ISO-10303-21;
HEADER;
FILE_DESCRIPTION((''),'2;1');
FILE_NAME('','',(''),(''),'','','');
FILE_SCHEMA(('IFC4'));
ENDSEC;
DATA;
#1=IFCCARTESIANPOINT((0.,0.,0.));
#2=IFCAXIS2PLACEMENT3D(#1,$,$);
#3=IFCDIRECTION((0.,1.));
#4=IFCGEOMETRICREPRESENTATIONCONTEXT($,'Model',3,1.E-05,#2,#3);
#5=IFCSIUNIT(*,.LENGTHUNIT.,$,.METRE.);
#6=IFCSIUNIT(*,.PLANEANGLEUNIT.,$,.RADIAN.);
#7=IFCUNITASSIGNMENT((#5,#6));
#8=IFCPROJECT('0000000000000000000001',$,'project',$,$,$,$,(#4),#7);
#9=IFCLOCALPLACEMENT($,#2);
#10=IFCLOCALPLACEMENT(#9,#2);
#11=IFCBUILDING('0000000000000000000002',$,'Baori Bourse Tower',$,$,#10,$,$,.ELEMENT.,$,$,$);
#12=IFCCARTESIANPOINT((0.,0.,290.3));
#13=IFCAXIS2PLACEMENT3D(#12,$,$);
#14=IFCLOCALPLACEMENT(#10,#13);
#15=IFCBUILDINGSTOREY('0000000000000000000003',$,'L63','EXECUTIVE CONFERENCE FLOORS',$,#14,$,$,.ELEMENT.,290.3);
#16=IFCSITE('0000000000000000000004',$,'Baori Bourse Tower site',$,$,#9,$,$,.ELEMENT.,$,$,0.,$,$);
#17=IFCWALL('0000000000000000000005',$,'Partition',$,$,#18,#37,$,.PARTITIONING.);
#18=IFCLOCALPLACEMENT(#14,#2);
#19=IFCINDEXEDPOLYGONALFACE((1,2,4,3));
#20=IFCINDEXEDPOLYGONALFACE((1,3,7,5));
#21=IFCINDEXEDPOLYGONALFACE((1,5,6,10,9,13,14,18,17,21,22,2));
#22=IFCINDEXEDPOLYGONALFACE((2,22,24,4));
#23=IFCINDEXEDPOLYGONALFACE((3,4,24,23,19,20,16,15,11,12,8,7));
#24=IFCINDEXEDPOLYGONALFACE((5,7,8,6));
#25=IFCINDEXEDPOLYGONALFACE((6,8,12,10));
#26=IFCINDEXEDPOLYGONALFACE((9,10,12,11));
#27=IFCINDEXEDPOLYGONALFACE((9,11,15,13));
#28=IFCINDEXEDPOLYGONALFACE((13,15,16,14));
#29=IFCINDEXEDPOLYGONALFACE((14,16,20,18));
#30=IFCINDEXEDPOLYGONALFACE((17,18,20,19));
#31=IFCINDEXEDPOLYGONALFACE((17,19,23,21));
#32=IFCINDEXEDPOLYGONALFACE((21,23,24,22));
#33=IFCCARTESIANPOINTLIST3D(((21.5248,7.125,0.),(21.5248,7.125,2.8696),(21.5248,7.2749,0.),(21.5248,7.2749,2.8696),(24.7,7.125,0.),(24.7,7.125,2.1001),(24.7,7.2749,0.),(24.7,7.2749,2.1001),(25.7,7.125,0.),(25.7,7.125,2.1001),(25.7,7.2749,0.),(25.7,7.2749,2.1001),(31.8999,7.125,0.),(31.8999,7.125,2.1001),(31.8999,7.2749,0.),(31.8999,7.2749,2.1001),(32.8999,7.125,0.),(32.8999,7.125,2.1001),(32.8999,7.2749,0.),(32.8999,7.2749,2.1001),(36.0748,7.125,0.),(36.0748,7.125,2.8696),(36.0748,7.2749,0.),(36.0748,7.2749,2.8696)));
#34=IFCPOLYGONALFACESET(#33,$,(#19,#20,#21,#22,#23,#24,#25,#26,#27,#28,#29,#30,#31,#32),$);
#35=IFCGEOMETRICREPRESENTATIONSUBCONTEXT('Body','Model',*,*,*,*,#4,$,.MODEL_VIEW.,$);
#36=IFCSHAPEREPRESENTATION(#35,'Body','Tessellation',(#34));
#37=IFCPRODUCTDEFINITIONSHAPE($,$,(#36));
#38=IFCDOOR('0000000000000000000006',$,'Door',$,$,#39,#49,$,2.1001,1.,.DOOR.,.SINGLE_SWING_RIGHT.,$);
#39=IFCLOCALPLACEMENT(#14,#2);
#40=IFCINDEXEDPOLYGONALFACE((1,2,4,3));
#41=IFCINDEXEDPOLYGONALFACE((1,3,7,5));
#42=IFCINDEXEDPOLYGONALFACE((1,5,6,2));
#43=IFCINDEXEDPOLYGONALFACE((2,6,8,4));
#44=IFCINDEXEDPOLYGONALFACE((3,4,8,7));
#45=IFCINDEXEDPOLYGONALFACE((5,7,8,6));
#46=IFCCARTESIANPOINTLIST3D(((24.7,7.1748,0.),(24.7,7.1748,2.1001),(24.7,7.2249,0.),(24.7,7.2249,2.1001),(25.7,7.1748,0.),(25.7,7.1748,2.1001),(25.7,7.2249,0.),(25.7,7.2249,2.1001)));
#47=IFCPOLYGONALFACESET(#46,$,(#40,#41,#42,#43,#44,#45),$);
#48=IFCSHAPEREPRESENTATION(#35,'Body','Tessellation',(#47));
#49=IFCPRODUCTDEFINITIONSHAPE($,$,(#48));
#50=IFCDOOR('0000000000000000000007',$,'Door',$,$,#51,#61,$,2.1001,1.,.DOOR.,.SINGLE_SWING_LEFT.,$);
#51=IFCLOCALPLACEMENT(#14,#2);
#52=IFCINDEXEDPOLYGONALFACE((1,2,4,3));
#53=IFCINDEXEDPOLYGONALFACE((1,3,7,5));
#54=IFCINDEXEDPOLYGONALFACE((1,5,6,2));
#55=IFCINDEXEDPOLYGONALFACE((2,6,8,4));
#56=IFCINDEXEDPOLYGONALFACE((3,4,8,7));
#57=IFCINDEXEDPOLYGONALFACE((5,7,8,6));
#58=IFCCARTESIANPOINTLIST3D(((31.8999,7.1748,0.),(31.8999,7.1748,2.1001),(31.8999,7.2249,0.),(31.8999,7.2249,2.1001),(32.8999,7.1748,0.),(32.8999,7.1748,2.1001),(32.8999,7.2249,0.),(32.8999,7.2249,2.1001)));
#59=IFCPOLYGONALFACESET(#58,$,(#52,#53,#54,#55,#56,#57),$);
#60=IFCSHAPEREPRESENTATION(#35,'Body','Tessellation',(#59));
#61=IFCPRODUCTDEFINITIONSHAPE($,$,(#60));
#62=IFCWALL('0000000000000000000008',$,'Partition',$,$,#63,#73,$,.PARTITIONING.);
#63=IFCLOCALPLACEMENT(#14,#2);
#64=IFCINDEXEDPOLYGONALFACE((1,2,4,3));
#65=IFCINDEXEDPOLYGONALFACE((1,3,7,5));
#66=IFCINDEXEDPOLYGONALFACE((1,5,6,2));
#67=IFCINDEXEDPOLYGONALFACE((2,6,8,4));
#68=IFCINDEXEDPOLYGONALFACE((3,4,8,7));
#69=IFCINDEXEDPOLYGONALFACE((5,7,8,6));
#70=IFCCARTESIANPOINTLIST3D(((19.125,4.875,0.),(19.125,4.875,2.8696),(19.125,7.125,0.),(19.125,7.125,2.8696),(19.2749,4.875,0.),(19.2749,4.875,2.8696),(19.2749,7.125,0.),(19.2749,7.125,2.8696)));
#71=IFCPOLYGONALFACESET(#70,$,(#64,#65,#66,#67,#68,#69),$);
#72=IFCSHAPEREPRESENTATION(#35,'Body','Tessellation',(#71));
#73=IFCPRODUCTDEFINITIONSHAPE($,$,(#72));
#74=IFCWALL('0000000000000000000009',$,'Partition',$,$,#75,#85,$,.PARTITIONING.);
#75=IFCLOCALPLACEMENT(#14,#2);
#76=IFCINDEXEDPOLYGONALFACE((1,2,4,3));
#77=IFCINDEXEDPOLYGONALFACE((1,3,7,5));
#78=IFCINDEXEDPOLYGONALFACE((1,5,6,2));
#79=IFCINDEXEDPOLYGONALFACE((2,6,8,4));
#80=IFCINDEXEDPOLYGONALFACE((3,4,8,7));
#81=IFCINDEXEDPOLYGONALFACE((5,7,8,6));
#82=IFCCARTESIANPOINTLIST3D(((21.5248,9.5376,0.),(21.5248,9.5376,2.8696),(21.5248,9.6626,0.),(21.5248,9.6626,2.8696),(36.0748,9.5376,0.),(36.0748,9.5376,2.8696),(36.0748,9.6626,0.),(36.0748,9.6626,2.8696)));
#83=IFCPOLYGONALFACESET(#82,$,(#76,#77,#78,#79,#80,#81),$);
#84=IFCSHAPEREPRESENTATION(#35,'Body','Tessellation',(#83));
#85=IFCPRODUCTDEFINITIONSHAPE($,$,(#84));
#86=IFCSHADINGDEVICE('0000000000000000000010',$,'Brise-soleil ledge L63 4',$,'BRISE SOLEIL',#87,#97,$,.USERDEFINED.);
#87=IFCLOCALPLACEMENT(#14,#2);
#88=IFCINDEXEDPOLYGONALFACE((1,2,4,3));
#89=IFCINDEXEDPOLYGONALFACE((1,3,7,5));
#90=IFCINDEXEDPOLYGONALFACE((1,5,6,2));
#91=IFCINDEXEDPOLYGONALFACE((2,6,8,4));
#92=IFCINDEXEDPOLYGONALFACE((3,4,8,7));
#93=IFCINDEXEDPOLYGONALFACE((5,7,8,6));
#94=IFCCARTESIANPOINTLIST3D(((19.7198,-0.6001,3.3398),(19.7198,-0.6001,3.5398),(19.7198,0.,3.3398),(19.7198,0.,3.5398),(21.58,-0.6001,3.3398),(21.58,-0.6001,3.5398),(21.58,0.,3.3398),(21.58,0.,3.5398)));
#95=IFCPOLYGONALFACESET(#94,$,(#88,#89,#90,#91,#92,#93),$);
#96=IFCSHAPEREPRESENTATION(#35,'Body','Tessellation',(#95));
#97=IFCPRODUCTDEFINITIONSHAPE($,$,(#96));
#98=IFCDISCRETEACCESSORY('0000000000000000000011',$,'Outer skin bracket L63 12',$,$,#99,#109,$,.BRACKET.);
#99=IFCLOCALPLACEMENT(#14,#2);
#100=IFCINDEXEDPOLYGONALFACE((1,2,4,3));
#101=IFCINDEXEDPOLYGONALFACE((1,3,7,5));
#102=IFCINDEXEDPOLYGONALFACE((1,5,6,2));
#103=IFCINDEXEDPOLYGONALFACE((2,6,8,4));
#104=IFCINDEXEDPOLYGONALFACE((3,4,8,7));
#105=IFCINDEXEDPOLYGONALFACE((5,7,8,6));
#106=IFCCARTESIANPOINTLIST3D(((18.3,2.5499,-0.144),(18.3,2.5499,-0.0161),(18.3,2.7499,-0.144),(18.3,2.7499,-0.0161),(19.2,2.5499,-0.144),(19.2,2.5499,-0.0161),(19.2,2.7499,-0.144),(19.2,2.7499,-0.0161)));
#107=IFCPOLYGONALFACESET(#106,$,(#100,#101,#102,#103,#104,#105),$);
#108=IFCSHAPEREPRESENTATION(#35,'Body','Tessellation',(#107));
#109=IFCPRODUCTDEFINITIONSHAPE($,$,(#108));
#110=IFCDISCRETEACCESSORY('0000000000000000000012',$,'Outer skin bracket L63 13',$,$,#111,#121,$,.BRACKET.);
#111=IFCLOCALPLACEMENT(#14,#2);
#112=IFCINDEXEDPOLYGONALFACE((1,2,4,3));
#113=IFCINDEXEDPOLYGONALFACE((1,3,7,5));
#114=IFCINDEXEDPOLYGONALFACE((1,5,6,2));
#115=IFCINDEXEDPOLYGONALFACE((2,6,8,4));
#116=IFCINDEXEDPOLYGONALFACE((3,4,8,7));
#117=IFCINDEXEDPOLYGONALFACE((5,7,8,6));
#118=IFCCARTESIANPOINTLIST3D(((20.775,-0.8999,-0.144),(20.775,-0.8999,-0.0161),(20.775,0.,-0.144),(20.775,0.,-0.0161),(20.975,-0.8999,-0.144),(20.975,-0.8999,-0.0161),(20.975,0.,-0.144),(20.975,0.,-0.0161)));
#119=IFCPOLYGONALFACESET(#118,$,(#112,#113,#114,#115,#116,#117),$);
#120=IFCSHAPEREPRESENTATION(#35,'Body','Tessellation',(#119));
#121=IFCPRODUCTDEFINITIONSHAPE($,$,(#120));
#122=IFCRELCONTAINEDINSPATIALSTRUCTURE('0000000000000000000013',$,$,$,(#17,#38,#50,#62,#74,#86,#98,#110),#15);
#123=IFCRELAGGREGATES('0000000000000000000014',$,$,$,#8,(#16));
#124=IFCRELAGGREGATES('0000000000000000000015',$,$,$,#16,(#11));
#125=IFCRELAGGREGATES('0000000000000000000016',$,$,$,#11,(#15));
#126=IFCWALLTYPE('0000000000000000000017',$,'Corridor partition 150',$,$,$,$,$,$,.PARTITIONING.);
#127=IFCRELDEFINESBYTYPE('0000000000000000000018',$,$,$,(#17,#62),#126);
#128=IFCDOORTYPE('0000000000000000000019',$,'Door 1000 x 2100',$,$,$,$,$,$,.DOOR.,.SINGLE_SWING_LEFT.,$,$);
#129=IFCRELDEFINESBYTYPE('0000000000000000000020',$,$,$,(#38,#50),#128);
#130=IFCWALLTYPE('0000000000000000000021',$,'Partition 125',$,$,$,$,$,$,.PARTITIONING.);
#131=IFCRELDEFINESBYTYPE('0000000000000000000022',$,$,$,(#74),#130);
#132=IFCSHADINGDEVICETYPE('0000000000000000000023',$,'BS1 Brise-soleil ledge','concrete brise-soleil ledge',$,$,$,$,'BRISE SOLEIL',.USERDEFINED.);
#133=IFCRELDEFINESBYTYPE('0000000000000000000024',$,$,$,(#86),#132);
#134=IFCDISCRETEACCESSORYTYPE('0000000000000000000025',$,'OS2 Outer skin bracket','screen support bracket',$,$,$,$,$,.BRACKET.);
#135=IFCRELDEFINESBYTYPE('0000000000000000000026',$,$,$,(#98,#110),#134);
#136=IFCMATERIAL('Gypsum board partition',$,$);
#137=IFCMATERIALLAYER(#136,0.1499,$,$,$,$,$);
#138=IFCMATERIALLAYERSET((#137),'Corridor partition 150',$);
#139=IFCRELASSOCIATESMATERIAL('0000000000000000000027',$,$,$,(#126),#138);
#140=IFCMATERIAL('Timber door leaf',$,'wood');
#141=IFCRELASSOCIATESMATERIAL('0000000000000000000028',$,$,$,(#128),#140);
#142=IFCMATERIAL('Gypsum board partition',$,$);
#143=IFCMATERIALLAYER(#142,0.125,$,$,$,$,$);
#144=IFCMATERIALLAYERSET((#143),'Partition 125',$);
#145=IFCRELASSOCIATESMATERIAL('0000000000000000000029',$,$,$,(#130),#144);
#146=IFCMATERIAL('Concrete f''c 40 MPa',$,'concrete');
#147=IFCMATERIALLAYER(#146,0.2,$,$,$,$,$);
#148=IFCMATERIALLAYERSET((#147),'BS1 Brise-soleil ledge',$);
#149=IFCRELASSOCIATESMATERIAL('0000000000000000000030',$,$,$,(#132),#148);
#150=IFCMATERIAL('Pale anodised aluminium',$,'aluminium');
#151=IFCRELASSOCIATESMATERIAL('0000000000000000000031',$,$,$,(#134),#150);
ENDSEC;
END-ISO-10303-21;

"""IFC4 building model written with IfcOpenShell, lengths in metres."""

from ifc_helpers import new_model, si_unit, direction, frame, frame_2d, origin, origin_2d, place, context, subcontext, project, spatial, rectangle, extrude, material, layer, layer_set, type_object, element, fill, save


model = new_model("IFC4")

# Units and contexts
model_context = context("Model", 3, precision=1e-05, world=origin(), true_north=direction((0.0, 1.0)))
body_context = subcontext(model_context, "Body", "Model", "MODEL_VIEW")
ifc_project = project(units=[si_unit("LENGTHUNIT", "METRE"), si_unit("PLANEANGLEUNIT", "RADIAN")], contexts=[model_context])

# Site, building, storey
site_placement = place(None, origin())
site = spatial("IfcSite", under=ifc_project, at=site_placement, Name="Baori Bourse Tower site", CompositionType="ELEMENT", RefElevation=0.0)
building_placement = place(site_placement, origin())
building = spatial("IfcBuilding", under=site, at=building_placement, Name="Baori Bourse Tower", CompositionType="ELEMENT")
storey_placement = place(building_placement, frame((0.0, 0.0, 290.3)))
storey = spatial("IfcBuildingStorey", under=building, at=storey_placement, Name="L63", Description="EXECUTIVE CONFERENCE FLOORS", CompositionType="ELEMENT", Elevation=290.3)

# Wall, openings, doors
ifc_material_1 = material(Name="Gypsum board partition")
ifc_layer_1 = layer(ifc_material_1, 0.1499)
ifc_layer_set_1 = layer_set([ifc_layer_1], Name="Corridor partition 150")
wall_type_1 = type_object("IfcWallType", Name="Corridor partition 150", PredefinedType="PARTITIONING", material=ifc_layer_set_1)
ifc_material_2 = material(Name="Timber door leaf", Category="wood")
door_type = type_object("IfcDoorType", Name="Door 1000 x 2100", OperationType="SINGLE_SWING_LEFT", PredefinedType="DOOR", material=ifc_material_2)
wall_1_placement = place(storey_placement, frame((21.5249, 7.2, 0.0), z_axis=(0.0, 0.0, 1.0), x_axis=(1.0, 0.0, 0.0)))
wall_1 = element("IfcWall", 1, at=wall_1_placement, inside=storey, type_object=wall_type_1, Name="Partition", PredefinedType="PARTITIONING", context=body_context, shape_type="SweptSolid", body=[
    extrude(rectangle(XDim=14.55, YDim=0.1499, at=frame_2d((7.2749, 0.0))), origin(), (0.0, 0.0, 1.0), 2.8696),
])
opening_1_placement = place(wall_1_placement, frame((3.175, 0.0, 0.0)))
opening_1 = element("IfcOpeningElement", 2, at=opening_1_placement, cuts=wall_1, PredefinedType="OPENING", context=body_context, shape_type="SweptSolid", body=[
    extrude(rectangle(XDim=1.0, YDim=2.1001, at=frame_2d((0.5, 1.05))), frame((0.0, 0.085, 0.0), z_axis=(0.0, -1.0, 0.0), x_axis=(1.0, 0.0, 0.0)), (0.0, 0.0, 1.0), 0.1699),
])
opening_2_placement = place(wall_1_placement, frame((10.375, 0.0, 0.0)))
opening_2 = element("IfcOpeningElement", 3, at=opening_2_placement, cuts=wall_1, PredefinedType="OPENING", context=body_context, shape_type="SweptSolid", body=[
    extrude(rectangle(XDim=1.0, YDim=2.1001, at=frame_2d((0.5, 1.05))), frame((0.0, 0.085, 0.0), z_axis=(0.0, -1.0, 0.0), x_axis=(1.0, 0.0, 0.0)), (0.0, 0.0, 1.0), 0.1699),
])
door_1_placement = place(opening_1_placement, origin())
door_1 = element("IfcDoor", 4, at=door_1_placement, inside=storey, type_object=door_type, Name="Door", OperationType="SINGLE_SWING_RIGHT", OverallHeight=2.1001, OverallWidth=1.0, PredefinedType="DOOR", context=body_context, shape_type="SweptSolid", body=[
    extrude(rectangle(XDim=1.0, YDim=2.1001, at=frame_2d((0.5, 1.05))), frame((0.0, 0.0249, 0.0), z_axis=(0.0, -1.0, 0.0), x_axis=(1.0, 0.0, 0.0)), (0.0, 0.0, 1.0), 0.05),
])
fill(opening_1, door_1)
door_2_placement = place(opening_2_placement, origin())
door_2 = element("IfcDoor", 5, at=door_2_placement, inside=storey, type_object=door_type, Name="Door", OperationType="SINGLE_SWING_LEFT", OverallHeight=2.1001, OverallWidth=1.0, PredefinedType="DOOR", context=body_context, shape_type="SweptSolid", body=[
    extrude(rectangle(XDim=1.0, YDim=2.1001, at=frame_2d((0.5, 1.05))), frame((0.0, 0.0249, 0.0), z_axis=(0.0, -1.0, 0.0), x_axis=(1.0, 0.0, 0.0)), (0.0, 0.0, 1.0), 0.05),
])
fill(opening_2, door_2)

# Walls
wall_2_placement = place(storey_placement, frame((19.2, 4.875, 0.0), z_axis=(0.0, 0.0, 1.0), x_axis=(0.0, 1.0, 0.0)))
element("IfcWall", 6, at=wall_2_placement, inside=storey, type_object=wall_type_1, Name="Partition", PredefinedType="PARTITIONING", context=body_context, shape_type="SweptSolid", body=[
    extrude(rectangle(XDim=2.25, YDim=0.1499, at=frame_2d((1.125, 0.0))), origin(), (0.0, 0.0, 1.0), 2.8696),
])
ifc_material_3 = material(Name="Gypsum board partition")
ifc_layer_2 = layer(ifc_material_3, 0.125)
ifc_layer_set_2 = layer_set([ifc_layer_2], Name="Partition 125")
wall_type_2 = type_object("IfcWallType", Name="Partition 125", PredefinedType="PARTITIONING", material=ifc_layer_set_2)
wall_3_placement = place(storey_placement, frame((21.5249, 9.6001, 0.0), z_axis=(0.0, 0.0, 1.0), x_axis=(1.0, 0.0, 0.0)))
element("IfcWall", 7, at=wall_3_placement, inside=storey, type_object=wall_type_2, Name="Partition", PredefinedType="PARTITIONING", context=body_context, shape_type="SweptSolid", body=[
    extrude(rectangle(XDim=14.55, YDim=0.125, at=frame_2d((7.2749, 0.0))), origin(), (0.0, 0.0, 1.0), 2.8696),
])

# Shading device
ifc_material_4 = material(Name="Concrete f'c 40 MPa", Category="concrete")
ifc_layer_3 = layer(ifc_material_4, 0.2)
ifc_layer_set_3 = layer_set([ifc_layer_3], Name="BS1 Brise-soleil ledge")
shading_device_type = type_object("IfcShadingDeviceType", Name="BS1 Brise-soleil ledge", Description="concrete brise-soleil ledge", ElementType="BRISE SOLEIL", PredefinedType="USERDEFINED", material=ifc_layer_set_3)
shading_device_placement = place(storey_placement, frame((20.6499, -0.3, 3.3398), z_axis=(0.0, 0.0, 1.0), x_axis=(1.0, 0.0, 0.0)))
element("IfcShadingDevice", 8, at=shading_device_placement, inside=storey, type_object=shading_device_type, Name="Brise-soleil ledge L63 4", ObjectType="BRISE SOLEIL", PredefinedType="USERDEFINED", context=body_context, shape_type="SweptSolid", body=[
    extrude(rectangle(XDim=1.8601, YDim=0.6001, at=origin_2d()), origin(), (0.0, 0.0, 1.0), 0.2),
])

# Discrete accessories
ifc_material_5 = material(Name="Pale anodised aluminium", Category="aluminium")
discrete_accessory_type = type_object("IfcDiscreteAccessoryType", Name="OS2 Outer skin bracket", Description="screen support bracket", PredefinedType="BRACKET", material=ifc_material_5)
for number, where, z_axis, x_axis, name in (
    (9, (18.75, 2.6499, -0.144), (0.0, 0.0, 1.0), (0.0, -1.0, 0.0), "Outer skin bracket L63 12"),
    (10, (20.875, -0.45, -0.144), (0.0, 0.0, 1.0), (1.0, 0.0, 0.0), "Outer skin bracket L63 13"),
):
    element("IfcDiscreteAccessory", number, at=place(storey_placement, frame(where, z_axis=z_axis, x_axis=x_axis)), inside=storey, type_object=discrete_accessory_type, Name=name, PredefinedType="BRACKET", context=body_context, shape_type="SweptSolid", body=[
        extrude(rectangle(XDim=0.2, YDim=0.8999, at=origin_2d()), origin(), (0.0, 0.0, 1.0), 0.1279),
    ])

save(model, "model.ifc")
